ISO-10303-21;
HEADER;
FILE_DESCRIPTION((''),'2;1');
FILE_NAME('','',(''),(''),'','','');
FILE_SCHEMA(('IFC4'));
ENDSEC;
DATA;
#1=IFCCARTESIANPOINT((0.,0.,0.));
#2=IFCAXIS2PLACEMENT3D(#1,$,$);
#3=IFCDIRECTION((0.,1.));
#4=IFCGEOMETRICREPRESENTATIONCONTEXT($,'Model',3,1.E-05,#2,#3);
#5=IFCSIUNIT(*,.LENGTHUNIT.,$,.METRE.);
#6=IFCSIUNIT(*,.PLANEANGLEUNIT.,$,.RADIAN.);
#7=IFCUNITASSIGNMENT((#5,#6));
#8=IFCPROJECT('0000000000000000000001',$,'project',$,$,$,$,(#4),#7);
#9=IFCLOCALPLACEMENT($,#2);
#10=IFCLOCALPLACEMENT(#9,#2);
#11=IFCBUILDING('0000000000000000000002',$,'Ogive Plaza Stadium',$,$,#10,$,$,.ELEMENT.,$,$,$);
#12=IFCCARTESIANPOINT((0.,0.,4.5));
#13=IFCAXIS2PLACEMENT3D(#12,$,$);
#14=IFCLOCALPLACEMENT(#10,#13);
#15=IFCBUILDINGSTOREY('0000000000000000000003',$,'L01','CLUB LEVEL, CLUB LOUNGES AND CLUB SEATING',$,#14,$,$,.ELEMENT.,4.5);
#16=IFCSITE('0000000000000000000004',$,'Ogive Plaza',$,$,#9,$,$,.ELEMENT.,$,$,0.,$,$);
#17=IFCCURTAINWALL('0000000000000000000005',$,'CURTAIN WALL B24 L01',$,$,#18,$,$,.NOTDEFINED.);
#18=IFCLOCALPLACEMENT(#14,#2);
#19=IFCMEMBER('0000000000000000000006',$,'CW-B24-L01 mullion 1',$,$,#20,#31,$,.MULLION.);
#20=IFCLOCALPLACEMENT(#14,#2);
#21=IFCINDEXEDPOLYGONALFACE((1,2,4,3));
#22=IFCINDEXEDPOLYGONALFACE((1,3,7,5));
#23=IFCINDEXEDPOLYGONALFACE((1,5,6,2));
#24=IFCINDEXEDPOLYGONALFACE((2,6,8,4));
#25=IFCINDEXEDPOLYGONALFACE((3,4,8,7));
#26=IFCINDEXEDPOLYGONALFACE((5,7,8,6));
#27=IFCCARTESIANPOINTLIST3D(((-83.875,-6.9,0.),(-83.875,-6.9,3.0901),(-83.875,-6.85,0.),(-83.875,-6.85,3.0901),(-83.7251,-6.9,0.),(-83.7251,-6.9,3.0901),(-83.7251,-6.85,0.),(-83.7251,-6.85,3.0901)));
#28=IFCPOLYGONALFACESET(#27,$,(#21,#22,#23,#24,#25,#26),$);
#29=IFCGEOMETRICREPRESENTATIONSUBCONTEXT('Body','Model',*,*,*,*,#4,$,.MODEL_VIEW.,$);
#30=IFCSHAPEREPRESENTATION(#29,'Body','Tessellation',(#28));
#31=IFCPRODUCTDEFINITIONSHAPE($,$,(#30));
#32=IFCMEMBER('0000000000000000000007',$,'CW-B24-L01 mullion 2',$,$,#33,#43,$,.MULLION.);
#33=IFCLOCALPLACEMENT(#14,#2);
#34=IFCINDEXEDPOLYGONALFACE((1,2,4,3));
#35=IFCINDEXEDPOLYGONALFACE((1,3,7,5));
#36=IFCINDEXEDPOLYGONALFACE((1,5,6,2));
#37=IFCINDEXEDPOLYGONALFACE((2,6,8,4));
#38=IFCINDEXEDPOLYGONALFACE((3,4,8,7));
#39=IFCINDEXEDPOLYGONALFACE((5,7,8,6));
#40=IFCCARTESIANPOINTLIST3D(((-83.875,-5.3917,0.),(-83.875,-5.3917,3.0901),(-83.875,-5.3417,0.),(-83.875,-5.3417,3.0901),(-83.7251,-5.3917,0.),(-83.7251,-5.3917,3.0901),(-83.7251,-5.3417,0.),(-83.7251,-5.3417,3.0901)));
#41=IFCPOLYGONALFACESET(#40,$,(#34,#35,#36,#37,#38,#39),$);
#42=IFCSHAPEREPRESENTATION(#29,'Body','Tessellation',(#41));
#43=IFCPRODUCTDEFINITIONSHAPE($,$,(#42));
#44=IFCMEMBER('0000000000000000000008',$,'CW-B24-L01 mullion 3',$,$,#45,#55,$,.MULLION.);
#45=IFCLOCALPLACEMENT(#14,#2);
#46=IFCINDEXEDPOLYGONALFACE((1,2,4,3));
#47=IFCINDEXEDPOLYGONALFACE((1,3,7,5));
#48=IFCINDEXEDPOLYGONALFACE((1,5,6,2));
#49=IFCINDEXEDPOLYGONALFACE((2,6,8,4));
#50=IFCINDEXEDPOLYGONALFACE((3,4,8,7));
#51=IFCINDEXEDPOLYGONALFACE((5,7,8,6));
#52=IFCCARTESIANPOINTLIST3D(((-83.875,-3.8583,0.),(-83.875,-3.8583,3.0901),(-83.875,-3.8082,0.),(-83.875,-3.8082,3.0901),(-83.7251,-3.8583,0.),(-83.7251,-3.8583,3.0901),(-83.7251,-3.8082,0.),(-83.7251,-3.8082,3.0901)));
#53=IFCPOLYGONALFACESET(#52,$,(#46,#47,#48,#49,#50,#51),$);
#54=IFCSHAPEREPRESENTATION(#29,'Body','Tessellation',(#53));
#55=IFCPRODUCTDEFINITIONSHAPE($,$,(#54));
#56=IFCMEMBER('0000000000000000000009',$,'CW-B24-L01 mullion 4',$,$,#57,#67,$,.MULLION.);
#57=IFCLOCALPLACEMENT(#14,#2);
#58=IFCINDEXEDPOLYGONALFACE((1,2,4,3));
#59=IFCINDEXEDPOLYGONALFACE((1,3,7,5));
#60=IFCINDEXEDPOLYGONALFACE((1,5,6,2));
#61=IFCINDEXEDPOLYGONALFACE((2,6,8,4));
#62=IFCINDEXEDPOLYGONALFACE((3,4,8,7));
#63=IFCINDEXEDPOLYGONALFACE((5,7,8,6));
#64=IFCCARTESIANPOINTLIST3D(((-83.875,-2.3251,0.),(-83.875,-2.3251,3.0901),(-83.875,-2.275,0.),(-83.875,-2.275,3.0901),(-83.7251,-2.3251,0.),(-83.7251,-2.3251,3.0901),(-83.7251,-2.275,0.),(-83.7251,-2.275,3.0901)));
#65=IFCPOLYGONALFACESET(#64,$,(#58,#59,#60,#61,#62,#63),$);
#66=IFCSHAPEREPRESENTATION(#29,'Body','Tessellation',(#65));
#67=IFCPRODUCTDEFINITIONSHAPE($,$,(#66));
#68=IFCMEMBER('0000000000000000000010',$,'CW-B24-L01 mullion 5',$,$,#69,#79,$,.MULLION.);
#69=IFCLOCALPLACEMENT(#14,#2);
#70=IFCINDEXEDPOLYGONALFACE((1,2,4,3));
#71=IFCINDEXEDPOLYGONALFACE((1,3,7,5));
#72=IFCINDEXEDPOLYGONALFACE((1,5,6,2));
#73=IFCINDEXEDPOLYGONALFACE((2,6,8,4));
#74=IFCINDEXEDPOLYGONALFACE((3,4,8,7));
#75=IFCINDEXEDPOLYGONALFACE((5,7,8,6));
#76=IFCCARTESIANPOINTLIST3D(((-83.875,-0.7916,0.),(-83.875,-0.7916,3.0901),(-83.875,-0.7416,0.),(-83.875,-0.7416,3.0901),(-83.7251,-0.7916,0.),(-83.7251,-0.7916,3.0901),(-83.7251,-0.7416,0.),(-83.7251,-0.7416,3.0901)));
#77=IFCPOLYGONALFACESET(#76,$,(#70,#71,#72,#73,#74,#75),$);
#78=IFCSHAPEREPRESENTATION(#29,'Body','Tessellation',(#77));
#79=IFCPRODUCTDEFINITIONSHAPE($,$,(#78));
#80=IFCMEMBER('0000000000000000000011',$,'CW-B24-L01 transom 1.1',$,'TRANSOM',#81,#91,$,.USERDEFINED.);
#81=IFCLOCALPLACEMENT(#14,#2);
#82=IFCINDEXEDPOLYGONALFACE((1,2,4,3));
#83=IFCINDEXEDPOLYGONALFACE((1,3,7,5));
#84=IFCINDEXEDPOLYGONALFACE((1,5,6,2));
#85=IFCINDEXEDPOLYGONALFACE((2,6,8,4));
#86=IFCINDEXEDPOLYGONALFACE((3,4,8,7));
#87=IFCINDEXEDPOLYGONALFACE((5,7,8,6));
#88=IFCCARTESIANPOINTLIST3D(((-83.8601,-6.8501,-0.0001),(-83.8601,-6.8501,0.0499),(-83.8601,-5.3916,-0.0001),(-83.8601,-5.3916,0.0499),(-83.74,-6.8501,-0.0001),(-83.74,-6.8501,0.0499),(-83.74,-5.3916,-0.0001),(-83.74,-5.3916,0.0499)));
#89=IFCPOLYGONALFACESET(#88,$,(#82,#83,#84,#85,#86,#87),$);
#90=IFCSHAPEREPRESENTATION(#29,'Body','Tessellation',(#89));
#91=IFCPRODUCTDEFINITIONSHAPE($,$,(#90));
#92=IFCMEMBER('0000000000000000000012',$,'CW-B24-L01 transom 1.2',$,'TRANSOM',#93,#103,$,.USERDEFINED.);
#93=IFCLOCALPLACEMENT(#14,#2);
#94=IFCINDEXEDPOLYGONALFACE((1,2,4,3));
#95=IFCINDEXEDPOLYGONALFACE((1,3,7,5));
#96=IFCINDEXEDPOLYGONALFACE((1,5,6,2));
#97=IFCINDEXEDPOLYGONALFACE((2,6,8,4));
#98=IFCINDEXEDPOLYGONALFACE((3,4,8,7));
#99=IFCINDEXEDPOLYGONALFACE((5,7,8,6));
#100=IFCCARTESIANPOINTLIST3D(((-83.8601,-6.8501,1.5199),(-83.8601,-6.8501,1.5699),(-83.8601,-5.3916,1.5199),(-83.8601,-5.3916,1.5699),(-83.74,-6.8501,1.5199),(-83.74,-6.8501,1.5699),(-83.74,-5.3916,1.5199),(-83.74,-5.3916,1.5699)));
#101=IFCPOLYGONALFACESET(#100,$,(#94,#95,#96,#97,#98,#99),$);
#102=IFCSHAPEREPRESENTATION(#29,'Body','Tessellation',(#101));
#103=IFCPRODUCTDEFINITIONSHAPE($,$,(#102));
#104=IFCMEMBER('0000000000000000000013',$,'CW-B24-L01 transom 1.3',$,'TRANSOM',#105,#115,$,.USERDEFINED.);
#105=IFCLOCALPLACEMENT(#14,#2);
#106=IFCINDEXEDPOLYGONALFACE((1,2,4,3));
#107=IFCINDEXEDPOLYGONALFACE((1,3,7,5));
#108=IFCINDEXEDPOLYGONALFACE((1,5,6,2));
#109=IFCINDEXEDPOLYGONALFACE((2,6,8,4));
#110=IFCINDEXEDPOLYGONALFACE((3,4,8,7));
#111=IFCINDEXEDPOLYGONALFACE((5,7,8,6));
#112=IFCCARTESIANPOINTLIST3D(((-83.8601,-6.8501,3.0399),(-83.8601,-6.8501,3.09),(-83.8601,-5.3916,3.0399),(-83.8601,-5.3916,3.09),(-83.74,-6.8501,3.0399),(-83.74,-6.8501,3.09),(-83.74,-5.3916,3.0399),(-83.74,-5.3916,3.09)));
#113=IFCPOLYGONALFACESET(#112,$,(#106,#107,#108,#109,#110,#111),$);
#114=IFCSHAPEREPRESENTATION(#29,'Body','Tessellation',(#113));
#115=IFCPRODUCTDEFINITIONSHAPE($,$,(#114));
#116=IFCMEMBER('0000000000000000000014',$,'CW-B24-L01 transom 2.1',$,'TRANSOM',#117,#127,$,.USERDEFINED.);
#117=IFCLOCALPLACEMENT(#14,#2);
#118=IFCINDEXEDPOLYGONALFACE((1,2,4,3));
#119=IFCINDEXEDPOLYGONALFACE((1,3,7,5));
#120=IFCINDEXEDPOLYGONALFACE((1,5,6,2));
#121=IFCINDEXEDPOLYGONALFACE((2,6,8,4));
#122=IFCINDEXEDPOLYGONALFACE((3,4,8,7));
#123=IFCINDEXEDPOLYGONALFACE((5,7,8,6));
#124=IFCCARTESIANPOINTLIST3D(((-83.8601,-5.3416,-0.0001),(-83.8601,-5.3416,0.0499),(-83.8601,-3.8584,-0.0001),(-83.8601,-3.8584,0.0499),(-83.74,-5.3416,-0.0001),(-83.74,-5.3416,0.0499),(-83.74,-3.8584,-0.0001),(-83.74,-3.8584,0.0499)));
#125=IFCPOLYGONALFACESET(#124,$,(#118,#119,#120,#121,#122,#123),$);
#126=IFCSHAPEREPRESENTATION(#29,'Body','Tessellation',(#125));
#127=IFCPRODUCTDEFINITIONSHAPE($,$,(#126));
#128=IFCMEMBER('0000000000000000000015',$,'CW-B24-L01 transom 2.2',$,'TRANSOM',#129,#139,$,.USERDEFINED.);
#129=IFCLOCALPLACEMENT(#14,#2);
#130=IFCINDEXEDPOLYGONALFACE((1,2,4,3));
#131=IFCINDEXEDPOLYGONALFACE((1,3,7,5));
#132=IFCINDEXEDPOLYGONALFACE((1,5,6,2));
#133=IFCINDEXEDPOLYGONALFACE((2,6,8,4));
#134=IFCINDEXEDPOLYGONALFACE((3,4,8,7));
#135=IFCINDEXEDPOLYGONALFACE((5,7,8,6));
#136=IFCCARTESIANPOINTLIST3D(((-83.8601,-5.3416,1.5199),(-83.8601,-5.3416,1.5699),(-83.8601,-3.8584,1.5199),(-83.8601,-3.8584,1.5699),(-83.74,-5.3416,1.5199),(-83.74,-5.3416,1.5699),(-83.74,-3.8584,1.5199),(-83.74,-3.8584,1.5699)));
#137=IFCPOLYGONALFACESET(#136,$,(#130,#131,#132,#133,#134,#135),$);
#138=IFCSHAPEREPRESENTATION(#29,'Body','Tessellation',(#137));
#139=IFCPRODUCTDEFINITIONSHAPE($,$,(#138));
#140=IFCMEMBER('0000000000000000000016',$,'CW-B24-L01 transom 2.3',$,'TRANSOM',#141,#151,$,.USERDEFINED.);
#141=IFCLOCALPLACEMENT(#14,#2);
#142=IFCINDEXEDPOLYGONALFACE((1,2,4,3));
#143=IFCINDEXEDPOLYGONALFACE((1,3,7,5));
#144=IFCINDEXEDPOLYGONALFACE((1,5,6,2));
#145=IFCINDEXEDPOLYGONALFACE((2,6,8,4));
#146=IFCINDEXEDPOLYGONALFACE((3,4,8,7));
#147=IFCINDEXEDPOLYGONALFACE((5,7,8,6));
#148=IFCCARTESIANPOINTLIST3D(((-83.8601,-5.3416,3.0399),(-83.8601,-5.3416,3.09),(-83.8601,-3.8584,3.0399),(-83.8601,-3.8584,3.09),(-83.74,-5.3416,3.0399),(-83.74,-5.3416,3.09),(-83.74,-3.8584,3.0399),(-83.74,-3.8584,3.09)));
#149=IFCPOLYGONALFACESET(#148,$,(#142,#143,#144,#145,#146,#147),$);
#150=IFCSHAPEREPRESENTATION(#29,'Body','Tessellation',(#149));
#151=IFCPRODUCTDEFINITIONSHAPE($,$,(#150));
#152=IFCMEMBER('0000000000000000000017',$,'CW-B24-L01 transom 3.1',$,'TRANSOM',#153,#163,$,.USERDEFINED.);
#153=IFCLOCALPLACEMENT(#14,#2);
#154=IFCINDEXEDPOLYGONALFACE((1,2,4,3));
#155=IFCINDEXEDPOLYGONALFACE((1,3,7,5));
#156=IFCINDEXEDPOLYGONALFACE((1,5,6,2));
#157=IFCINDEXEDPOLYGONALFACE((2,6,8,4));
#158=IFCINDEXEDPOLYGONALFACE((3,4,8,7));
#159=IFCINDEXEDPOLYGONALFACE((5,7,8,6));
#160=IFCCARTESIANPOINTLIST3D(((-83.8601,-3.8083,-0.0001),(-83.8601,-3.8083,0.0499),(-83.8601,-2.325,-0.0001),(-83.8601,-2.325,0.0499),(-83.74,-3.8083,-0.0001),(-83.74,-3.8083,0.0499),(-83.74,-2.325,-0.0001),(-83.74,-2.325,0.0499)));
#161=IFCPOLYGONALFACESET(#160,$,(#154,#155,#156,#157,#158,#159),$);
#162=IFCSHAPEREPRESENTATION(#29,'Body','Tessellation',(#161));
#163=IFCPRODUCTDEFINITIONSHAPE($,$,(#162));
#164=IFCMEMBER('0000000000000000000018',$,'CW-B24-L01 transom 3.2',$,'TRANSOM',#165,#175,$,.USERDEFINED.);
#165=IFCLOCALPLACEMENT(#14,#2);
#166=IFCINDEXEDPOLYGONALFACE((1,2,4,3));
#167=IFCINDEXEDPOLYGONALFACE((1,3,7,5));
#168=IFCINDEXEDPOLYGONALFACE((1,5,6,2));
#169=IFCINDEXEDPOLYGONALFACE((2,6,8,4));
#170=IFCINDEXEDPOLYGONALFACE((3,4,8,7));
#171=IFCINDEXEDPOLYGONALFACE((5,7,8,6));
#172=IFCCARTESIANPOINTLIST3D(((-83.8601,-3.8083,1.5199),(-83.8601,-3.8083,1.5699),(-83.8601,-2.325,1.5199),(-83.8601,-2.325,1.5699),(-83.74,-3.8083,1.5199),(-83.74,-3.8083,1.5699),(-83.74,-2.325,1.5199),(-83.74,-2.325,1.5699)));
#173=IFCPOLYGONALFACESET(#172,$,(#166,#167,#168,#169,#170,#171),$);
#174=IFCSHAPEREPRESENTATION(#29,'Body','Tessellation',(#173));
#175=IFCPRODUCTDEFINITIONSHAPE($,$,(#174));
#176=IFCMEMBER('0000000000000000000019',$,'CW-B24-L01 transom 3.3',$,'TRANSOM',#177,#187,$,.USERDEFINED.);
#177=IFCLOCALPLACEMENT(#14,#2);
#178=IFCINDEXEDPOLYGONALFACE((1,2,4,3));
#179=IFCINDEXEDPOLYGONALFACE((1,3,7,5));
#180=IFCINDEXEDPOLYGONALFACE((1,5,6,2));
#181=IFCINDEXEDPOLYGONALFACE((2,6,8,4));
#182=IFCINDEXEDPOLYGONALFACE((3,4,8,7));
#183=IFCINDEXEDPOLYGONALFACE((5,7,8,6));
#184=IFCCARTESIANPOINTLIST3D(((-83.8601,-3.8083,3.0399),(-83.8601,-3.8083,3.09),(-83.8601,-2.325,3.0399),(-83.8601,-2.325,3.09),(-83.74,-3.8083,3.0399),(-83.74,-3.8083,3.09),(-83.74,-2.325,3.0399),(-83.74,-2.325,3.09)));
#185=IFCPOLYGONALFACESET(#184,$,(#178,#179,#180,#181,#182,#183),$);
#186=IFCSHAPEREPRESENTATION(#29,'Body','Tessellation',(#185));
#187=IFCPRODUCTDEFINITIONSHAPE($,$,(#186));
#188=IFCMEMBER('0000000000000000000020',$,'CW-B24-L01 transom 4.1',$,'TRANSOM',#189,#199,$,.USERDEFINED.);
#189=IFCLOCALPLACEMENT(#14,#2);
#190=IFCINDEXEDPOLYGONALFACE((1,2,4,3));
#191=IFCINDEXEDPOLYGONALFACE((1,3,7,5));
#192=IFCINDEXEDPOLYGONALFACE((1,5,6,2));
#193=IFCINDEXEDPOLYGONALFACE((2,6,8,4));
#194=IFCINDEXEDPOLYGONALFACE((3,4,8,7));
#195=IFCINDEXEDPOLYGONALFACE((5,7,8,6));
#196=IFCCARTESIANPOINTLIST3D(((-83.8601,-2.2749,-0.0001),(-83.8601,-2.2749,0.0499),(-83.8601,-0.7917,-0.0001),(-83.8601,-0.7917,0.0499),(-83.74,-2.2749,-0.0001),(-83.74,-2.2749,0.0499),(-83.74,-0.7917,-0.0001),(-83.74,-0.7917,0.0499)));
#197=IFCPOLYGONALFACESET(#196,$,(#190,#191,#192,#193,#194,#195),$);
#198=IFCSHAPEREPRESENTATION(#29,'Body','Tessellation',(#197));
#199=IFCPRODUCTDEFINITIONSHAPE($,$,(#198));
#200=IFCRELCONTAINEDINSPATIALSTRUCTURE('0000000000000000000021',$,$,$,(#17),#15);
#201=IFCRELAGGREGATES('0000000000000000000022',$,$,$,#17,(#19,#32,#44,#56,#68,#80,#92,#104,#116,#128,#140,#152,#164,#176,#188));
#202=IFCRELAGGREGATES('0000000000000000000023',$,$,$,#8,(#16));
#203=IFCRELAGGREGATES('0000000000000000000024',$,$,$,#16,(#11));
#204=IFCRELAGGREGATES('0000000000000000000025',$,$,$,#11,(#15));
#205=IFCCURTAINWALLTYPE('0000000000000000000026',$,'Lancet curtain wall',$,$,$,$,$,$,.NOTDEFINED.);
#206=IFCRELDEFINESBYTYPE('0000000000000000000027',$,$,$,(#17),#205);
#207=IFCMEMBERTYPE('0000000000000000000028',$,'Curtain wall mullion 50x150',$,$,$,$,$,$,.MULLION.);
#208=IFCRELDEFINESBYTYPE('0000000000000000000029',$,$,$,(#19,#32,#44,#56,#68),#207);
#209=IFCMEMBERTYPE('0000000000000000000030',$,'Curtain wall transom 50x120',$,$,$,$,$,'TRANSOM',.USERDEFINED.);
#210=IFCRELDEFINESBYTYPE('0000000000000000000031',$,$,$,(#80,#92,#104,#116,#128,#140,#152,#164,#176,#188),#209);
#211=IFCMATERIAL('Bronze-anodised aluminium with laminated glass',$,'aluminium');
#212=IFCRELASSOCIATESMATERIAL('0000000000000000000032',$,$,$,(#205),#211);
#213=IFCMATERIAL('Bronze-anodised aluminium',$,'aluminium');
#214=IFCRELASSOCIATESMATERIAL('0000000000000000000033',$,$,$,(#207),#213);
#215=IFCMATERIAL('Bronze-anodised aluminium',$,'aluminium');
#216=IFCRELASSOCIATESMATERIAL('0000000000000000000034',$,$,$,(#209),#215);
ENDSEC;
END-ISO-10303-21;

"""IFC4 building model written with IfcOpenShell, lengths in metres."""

from ifc_helpers import new_model, si_unit, direction, frame, origin, origin_2d, place, context, subcontext, project, spatial, rectangle, extrude, material, material_profile, profile_set, type_object, element, aggregate, save


model = new_model("IFC4")

# Units and contexts
model_context = context("Model", 3, precision=1e-05, world=origin(), true_north=direction((0.0, 1.0)))
body_context = subcontext(model_context, "Body", "Model", "MODEL_VIEW")
ifc_project = project(units=[si_unit("LENGTHUNIT", "METRE"), si_unit("PLANEANGLEUNIT", "RADIAN")], contexts=[model_context])

# Site, building, storey
site_placement = place(None, origin())
site = spatial("IfcSite", under=ifc_project, at=site_placement, Name="Ogive Plaza", CompositionType="ELEMENT", RefElevation=0.0)
building_placement = place(site_placement, origin())
building = spatial("IfcBuilding", under=site, at=building_placement, Name="Ogive Plaza Stadium", CompositionType="ELEMENT")
storey_placement = place(building_placement, frame((0.0, 0.0, 4.5)))
storey = spatial("IfcBuildingStorey", under=building, at=storey_placement, Name="L01", Description="CLUB LEVEL, CLUB LOUNGES AND CLUB SEATING", CompositionType="ELEMENT", Elevation=4.5)

# Curtain wall, members
ifc_material_1 = material(Name="Bronze-anodised aluminium with laminated glass", Category="aluminium")
curtain_wall_type = type_object("IfcCurtainWallType", Name="Lancet curtain wall", PredefinedType="NOTDEFINED", material=ifc_material_1)
curtain_wall_placement = place(storey_placement, origin())
curtain_wall = element("IfcCurtainWall", 1, at=curtain_wall_placement, inside=storey, type_object=curtain_wall_type, Name="CURTAIN WALL B24 L01", PredefinedType="NOTDEFINED")
ifc_material_2 = material(Name="Bronze-anodised aluminium", Category="aluminium")
ifc_material_profile_1 = material_profile(ifc_material_2, rectangle(XDim=0.1499, YDim=0.05, at=origin_2d()), Name="AL 150x50")
ifc_profile_set_1 = profile_set([ifc_material_profile_1], Name="Bronze-anodised aluminium")
member_type_1 = type_object("IfcMemberType", Name="Curtain wall mullion 50x150", PredefinedType="MULLION", material=ifc_profile_set_1)
member_1_placement = place(storey_placement, frame((-83.8, -6.875, 0.0), z_axis=(0.0, 0.0, 1.0), x_axis=(-1.0, 0.0, 0.0)))
member_1 = element("IfcMember", 2, at=member_1_placement, type_object=member_type_1, Name="CW-B24-L01 mullion 1", PredefinedType="MULLION", context=body_context, shape_type="SweptSolid", body=[
    extrude(rectangle(XDim=0.1499, YDim=0.05, at=origin_2d()), origin(), (0.0, 0.0, 1.0), 3.0901),
])
member_2_placement = place(storey_placement, frame((-83.8, -5.3667, 0.0), z_axis=(0.0, 0.0, 1.0), x_axis=(-1.0, 0.0, 0.0)))
member_2 = element("IfcMember", 3, at=member_2_placement, type_object=member_type_1, Name="CW-B24-L01 mullion 2", PredefinedType="MULLION", context=body_context, shape_type="SweptSolid", body=[
    extrude(rectangle(XDim=0.1499, YDim=0.05, at=origin_2d()), origin(), (0.0, 0.0, 1.0), 3.0901),
])
member_3_placement = place(storey_placement, frame((-83.8, -3.8333, 0.0), z_axis=(0.0, 0.0, 1.0), x_axis=(-1.0, 0.0, 0.0)))
member_3 = element("IfcMember", 4, at=member_3_placement, type_object=member_type_1, Name="CW-B24-L01 mullion 3", PredefinedType="MULLION", context=body_context, shape_type="SweptSolid", body=[
    extrude(rectangle(XDim=0.1499, YDim=0.05, at=origin_2d()), origin(), (0.0, 0.0, 1.0), 3.0901),
])
member_4_placement = place(storey_placement, frame((-83.8, -2.3, 0.0), z_axis=(0.0, 0.0, 1.0), x_axis=(-1.0, 0.0, 0.0)))
member_4 = element("IfcMember", 5, at=member_4_placement, type_object=member_type_1, Name="CW-B24-L01 mullion 4", PredefinedType="MULLION", context=body_context, shape_type="SweptSolid", body=[
    extrude(rectangle(XDim=0.1499, YDim=0.05, at=origin_2d()), origin(), (0.0, 0.0, 1.0), 3.0901),
])
member_5_placement = place(storey_placement, frame((-83.8, -0.7666, 0.0), z_axis=(0.0, 0.0, 1.0), x_axis=(-1.0, 0.0, 0.0)))
member_5 = element("IfcMember", 6, at=member_5_placement, type_object=member_type_1, Name="CW-B24-L01 mullion 5", PredefinedType="MULLION", context=body_context, shape_type="SweptSolid", body=[
    extrude(rectangle(XDim=0.1499, YDim=0.05, at=origin_2d()), origin(), (0.0, 0.0, 1.0), 3.0901),
])
ifc_material_3 = material(Name="Bronze-anodised aluminium", Category="aluminium")
ifc_material_profile_2 = material_profile(ifc_material_3, rectangle(XDim=0.1201, YDim=0.05, at=origin_2d()), Name="AL 120x50")
ifc_profile_set_2 = profile_set([ifc_material_profile_2], Name="Bronze-anodised aluminium")
member_type_2 = type_object("IfcMemberType", Name="Curtain wall transom 50x120", ElementType="TRANSOM", PredefinedType="USERDEFINED", material=ifc_profile_set_2)
member_6_placement = place(storey_placement, frame((-83.8, -6.8501, 0.0249), z_axis=(0.0, 1.0, 0.0), x_axis=(-1.0, 0.0, 0.0)))
member_6 = element("IfcMember", 7, at=member_6_placement, type_object=member_type_2, Name="CW-B24-L01 transom 1.1", ObjectType="TRANSOM", PredefinedType="USERDEFINED", context=body_context, shape_type="SweptSolid", body=[
    extrude(rectangle(XDim=0.1201, YDim=0.05, at=origin_2d()), origin(), (0.0, 0.0, 1.0), 1.4585),
])
member_7_placement = place(storey_placement, frame((-83.8, -6.8501, 1.5449), z_axis=(0.0, 1.0, 0.0), x_axis=(-1.0, 0.0, 0.0)))
member_7 = element("IfcMember", 8, at=member_7_placement, type_object=member_type_2, Name="CW-B24-L01 transom 1.2", ObjectType="TRANSOM", PredefinedType="USERDEFINED", context=body_context, shape_type="SweptSolid", body=[
    extrude(rectangle(XDim=0.1201, YDim=0.05, at=origin_2d()), origin(), (0.0, 0.0, 1.0), 1.4585),
])
member_8_placement = place(storey_placement, frame((-83.8, -6.8501, 3.0649), z_axis=(0.0, 1.0, 0.0), x_axis=(-1.0, 0.0, 0.0)))
member_8 = element("IfcMember", 9, at=member_8_placement, type_object=member_type_2, Name="CW-B24-L01 transom 1.3", ObjectType="TRANSOM", PredefinedType="USERDEFINED", context=body_context, shape_type="SweptSolid", body=[
    extrude(rectangle(XDim=0.1201, YDim=0.05, at=origin_2d()), origin(), (0.0, 0.0, 1.0), 1.4585),
])
member_9_placement = place(storey_placement, frame((-83.8, -5.3416, 0.0249), z_axis=(0.0, 1.0, 0.0), x_axis=(-1.0, 0.0, 0.0)))
member_9 = element("IfcMember", 10, at=member_9_placement, type_object=member_type_2, Name="CW-B24-L01 transom 2.1", ObjectType="TRANSOM", PredefinedType="USERDEFINED", context=body_context, shape_type="SweptSolid", body=[
    extrude(rectangle(XDim=0.1201, YDim=0.05, at=origin_2d()), origin(), (0.0, 0.0, 1.0), 1.4832),
])
member_10_placement = place(storey_placement, frame((-83.8, -5.3416, 1.5449), z_axis=(0.0, 1.0, 0.0), x_axis=(-1.0, 0.0, 0.0)))
member_10 = element("IfcMember", 11, at=member_10_placement, type_object=member_type_2, Name="CW-B24-L01 transom 2.2", ObjectType="TRANSOM", PredefinedType="USERDEFINED", context=body_context, shape_type="SweptSolid", body=[
    extrude(rectangle(XDim=0.1201, YDim=0.05, at=origin_2d()), origin(), (0.0, 0.0, 1.0), 1.4832),
])
member_11_placement = place(storey_placement, frame((-83.8, -5.3416, 3.0649), z_axis=(0.0, 1.0, 0.0), x_axis=(-1.0, 0.0, 0.0)))
member_11 = element("IfcMember", 12, at=member_11_placement, type_object=member_type_2, Name="CW-B24-L01 transom 2.3", ObjectType="TRANSOM", PredefinedType="USERDEFINED", context=body_context, shape_type="SweptSolid", body=[
    extrude(rectangle(XDim=0.1201, YDim=0.05, at=origin_2d()), origin(), (0.0, 0.0, 1.0), 1.4832),
])
member_12_placement = place(storey_placement, frame((-83.8, -3.8083, 0.0249), z_axis=(0.0, 1.0, 0.0), x_axis=(-1.0, 0.0, 0.0)))
member_12 = element("IfcMember", 13, at=member_12_placement, type_object=member_type_2, Name="CW-B24-L01 transom 3.1", ObjectType="TRANSOM", PredefinedType="USERDEFINED", context=body_context, shape_type="SweptSolid", body=[
    extrude(rectangle(XDim=0.1201, YDim=0.05, at=origin_2d()), origin(), (0.0, 0.0, 1.0), 1.4834),
])
member_13_placement = place(storey_placement, frame((-83.8, -3.8083, 1.5449), z_axis=(0.0, 1.0, 0.0), x_axis=(-1.0, 0.0, 0.0)))
member_13 = element("IfcMember", 14, at=member_13_placement, type_object=member_type_2, Name="CW-B24-L01 transom 3.2", ObjectType="TRANSOM", PredefinedType="USERDEFINED", context=body_context, shape_type="SweptSolid", body=[
    extrude(rectangle(XDim=0.1201, YDim=0.05, at=origin_2d()), origin(), (0.0, 0.0, 1.0), 1.4834),
])
member_14_placement = place(storey_placement, frame((-83.8, -3.8083, 3.0649), z_axis=(0.0, 1.0, 0.0), x_axis=(-1.0, 0.0, 0.0)))
member_14 = element("IfcMember", 15, at=member_14_placement, type_object=member_type_2, Name="CW-B24-L01 transom 3.3", ObjectType="TRANSOM", PredefinedType="USERDEFINED", context=body_context, shape_type="SweptSolid", body=[
    extrude(rectangle(XDim=0.1201, YDim=0.05, at=origin_2d()), origin(), (0.0, 0.0, 1.0), 1.4834),
])
member_15_placement = place(storey_placement, frame((-83.8, -2.2749, 0.0249), z_axis=(0.0, 1.0, 0.0), x_axis=(-1.0, 0.0, 0.0)))
member_15 = element("IfcMember", 16, at=member_15_placement, type_object=member_type_2, Name="CW-B24-L01 transom 4.1", ObjectType="TRANSOM", PredefinedType="USERDEFINED", context=body_context, shape_type="SweptSolid", body=[
    extrude(rectangle(XDim=0.1201, YDim=0.05, at=origin_2d()), origin(), (0.0, 0.0, 1.0), 1.4832),
])

aggregate(curtain_wall, [member_1, member_2, member_3, member_4, member_5, member_6, member_7, member_8, member_9, member_10, member_11, member_12, member_13, member_14, member_15])

save(model, "model.ifc")
